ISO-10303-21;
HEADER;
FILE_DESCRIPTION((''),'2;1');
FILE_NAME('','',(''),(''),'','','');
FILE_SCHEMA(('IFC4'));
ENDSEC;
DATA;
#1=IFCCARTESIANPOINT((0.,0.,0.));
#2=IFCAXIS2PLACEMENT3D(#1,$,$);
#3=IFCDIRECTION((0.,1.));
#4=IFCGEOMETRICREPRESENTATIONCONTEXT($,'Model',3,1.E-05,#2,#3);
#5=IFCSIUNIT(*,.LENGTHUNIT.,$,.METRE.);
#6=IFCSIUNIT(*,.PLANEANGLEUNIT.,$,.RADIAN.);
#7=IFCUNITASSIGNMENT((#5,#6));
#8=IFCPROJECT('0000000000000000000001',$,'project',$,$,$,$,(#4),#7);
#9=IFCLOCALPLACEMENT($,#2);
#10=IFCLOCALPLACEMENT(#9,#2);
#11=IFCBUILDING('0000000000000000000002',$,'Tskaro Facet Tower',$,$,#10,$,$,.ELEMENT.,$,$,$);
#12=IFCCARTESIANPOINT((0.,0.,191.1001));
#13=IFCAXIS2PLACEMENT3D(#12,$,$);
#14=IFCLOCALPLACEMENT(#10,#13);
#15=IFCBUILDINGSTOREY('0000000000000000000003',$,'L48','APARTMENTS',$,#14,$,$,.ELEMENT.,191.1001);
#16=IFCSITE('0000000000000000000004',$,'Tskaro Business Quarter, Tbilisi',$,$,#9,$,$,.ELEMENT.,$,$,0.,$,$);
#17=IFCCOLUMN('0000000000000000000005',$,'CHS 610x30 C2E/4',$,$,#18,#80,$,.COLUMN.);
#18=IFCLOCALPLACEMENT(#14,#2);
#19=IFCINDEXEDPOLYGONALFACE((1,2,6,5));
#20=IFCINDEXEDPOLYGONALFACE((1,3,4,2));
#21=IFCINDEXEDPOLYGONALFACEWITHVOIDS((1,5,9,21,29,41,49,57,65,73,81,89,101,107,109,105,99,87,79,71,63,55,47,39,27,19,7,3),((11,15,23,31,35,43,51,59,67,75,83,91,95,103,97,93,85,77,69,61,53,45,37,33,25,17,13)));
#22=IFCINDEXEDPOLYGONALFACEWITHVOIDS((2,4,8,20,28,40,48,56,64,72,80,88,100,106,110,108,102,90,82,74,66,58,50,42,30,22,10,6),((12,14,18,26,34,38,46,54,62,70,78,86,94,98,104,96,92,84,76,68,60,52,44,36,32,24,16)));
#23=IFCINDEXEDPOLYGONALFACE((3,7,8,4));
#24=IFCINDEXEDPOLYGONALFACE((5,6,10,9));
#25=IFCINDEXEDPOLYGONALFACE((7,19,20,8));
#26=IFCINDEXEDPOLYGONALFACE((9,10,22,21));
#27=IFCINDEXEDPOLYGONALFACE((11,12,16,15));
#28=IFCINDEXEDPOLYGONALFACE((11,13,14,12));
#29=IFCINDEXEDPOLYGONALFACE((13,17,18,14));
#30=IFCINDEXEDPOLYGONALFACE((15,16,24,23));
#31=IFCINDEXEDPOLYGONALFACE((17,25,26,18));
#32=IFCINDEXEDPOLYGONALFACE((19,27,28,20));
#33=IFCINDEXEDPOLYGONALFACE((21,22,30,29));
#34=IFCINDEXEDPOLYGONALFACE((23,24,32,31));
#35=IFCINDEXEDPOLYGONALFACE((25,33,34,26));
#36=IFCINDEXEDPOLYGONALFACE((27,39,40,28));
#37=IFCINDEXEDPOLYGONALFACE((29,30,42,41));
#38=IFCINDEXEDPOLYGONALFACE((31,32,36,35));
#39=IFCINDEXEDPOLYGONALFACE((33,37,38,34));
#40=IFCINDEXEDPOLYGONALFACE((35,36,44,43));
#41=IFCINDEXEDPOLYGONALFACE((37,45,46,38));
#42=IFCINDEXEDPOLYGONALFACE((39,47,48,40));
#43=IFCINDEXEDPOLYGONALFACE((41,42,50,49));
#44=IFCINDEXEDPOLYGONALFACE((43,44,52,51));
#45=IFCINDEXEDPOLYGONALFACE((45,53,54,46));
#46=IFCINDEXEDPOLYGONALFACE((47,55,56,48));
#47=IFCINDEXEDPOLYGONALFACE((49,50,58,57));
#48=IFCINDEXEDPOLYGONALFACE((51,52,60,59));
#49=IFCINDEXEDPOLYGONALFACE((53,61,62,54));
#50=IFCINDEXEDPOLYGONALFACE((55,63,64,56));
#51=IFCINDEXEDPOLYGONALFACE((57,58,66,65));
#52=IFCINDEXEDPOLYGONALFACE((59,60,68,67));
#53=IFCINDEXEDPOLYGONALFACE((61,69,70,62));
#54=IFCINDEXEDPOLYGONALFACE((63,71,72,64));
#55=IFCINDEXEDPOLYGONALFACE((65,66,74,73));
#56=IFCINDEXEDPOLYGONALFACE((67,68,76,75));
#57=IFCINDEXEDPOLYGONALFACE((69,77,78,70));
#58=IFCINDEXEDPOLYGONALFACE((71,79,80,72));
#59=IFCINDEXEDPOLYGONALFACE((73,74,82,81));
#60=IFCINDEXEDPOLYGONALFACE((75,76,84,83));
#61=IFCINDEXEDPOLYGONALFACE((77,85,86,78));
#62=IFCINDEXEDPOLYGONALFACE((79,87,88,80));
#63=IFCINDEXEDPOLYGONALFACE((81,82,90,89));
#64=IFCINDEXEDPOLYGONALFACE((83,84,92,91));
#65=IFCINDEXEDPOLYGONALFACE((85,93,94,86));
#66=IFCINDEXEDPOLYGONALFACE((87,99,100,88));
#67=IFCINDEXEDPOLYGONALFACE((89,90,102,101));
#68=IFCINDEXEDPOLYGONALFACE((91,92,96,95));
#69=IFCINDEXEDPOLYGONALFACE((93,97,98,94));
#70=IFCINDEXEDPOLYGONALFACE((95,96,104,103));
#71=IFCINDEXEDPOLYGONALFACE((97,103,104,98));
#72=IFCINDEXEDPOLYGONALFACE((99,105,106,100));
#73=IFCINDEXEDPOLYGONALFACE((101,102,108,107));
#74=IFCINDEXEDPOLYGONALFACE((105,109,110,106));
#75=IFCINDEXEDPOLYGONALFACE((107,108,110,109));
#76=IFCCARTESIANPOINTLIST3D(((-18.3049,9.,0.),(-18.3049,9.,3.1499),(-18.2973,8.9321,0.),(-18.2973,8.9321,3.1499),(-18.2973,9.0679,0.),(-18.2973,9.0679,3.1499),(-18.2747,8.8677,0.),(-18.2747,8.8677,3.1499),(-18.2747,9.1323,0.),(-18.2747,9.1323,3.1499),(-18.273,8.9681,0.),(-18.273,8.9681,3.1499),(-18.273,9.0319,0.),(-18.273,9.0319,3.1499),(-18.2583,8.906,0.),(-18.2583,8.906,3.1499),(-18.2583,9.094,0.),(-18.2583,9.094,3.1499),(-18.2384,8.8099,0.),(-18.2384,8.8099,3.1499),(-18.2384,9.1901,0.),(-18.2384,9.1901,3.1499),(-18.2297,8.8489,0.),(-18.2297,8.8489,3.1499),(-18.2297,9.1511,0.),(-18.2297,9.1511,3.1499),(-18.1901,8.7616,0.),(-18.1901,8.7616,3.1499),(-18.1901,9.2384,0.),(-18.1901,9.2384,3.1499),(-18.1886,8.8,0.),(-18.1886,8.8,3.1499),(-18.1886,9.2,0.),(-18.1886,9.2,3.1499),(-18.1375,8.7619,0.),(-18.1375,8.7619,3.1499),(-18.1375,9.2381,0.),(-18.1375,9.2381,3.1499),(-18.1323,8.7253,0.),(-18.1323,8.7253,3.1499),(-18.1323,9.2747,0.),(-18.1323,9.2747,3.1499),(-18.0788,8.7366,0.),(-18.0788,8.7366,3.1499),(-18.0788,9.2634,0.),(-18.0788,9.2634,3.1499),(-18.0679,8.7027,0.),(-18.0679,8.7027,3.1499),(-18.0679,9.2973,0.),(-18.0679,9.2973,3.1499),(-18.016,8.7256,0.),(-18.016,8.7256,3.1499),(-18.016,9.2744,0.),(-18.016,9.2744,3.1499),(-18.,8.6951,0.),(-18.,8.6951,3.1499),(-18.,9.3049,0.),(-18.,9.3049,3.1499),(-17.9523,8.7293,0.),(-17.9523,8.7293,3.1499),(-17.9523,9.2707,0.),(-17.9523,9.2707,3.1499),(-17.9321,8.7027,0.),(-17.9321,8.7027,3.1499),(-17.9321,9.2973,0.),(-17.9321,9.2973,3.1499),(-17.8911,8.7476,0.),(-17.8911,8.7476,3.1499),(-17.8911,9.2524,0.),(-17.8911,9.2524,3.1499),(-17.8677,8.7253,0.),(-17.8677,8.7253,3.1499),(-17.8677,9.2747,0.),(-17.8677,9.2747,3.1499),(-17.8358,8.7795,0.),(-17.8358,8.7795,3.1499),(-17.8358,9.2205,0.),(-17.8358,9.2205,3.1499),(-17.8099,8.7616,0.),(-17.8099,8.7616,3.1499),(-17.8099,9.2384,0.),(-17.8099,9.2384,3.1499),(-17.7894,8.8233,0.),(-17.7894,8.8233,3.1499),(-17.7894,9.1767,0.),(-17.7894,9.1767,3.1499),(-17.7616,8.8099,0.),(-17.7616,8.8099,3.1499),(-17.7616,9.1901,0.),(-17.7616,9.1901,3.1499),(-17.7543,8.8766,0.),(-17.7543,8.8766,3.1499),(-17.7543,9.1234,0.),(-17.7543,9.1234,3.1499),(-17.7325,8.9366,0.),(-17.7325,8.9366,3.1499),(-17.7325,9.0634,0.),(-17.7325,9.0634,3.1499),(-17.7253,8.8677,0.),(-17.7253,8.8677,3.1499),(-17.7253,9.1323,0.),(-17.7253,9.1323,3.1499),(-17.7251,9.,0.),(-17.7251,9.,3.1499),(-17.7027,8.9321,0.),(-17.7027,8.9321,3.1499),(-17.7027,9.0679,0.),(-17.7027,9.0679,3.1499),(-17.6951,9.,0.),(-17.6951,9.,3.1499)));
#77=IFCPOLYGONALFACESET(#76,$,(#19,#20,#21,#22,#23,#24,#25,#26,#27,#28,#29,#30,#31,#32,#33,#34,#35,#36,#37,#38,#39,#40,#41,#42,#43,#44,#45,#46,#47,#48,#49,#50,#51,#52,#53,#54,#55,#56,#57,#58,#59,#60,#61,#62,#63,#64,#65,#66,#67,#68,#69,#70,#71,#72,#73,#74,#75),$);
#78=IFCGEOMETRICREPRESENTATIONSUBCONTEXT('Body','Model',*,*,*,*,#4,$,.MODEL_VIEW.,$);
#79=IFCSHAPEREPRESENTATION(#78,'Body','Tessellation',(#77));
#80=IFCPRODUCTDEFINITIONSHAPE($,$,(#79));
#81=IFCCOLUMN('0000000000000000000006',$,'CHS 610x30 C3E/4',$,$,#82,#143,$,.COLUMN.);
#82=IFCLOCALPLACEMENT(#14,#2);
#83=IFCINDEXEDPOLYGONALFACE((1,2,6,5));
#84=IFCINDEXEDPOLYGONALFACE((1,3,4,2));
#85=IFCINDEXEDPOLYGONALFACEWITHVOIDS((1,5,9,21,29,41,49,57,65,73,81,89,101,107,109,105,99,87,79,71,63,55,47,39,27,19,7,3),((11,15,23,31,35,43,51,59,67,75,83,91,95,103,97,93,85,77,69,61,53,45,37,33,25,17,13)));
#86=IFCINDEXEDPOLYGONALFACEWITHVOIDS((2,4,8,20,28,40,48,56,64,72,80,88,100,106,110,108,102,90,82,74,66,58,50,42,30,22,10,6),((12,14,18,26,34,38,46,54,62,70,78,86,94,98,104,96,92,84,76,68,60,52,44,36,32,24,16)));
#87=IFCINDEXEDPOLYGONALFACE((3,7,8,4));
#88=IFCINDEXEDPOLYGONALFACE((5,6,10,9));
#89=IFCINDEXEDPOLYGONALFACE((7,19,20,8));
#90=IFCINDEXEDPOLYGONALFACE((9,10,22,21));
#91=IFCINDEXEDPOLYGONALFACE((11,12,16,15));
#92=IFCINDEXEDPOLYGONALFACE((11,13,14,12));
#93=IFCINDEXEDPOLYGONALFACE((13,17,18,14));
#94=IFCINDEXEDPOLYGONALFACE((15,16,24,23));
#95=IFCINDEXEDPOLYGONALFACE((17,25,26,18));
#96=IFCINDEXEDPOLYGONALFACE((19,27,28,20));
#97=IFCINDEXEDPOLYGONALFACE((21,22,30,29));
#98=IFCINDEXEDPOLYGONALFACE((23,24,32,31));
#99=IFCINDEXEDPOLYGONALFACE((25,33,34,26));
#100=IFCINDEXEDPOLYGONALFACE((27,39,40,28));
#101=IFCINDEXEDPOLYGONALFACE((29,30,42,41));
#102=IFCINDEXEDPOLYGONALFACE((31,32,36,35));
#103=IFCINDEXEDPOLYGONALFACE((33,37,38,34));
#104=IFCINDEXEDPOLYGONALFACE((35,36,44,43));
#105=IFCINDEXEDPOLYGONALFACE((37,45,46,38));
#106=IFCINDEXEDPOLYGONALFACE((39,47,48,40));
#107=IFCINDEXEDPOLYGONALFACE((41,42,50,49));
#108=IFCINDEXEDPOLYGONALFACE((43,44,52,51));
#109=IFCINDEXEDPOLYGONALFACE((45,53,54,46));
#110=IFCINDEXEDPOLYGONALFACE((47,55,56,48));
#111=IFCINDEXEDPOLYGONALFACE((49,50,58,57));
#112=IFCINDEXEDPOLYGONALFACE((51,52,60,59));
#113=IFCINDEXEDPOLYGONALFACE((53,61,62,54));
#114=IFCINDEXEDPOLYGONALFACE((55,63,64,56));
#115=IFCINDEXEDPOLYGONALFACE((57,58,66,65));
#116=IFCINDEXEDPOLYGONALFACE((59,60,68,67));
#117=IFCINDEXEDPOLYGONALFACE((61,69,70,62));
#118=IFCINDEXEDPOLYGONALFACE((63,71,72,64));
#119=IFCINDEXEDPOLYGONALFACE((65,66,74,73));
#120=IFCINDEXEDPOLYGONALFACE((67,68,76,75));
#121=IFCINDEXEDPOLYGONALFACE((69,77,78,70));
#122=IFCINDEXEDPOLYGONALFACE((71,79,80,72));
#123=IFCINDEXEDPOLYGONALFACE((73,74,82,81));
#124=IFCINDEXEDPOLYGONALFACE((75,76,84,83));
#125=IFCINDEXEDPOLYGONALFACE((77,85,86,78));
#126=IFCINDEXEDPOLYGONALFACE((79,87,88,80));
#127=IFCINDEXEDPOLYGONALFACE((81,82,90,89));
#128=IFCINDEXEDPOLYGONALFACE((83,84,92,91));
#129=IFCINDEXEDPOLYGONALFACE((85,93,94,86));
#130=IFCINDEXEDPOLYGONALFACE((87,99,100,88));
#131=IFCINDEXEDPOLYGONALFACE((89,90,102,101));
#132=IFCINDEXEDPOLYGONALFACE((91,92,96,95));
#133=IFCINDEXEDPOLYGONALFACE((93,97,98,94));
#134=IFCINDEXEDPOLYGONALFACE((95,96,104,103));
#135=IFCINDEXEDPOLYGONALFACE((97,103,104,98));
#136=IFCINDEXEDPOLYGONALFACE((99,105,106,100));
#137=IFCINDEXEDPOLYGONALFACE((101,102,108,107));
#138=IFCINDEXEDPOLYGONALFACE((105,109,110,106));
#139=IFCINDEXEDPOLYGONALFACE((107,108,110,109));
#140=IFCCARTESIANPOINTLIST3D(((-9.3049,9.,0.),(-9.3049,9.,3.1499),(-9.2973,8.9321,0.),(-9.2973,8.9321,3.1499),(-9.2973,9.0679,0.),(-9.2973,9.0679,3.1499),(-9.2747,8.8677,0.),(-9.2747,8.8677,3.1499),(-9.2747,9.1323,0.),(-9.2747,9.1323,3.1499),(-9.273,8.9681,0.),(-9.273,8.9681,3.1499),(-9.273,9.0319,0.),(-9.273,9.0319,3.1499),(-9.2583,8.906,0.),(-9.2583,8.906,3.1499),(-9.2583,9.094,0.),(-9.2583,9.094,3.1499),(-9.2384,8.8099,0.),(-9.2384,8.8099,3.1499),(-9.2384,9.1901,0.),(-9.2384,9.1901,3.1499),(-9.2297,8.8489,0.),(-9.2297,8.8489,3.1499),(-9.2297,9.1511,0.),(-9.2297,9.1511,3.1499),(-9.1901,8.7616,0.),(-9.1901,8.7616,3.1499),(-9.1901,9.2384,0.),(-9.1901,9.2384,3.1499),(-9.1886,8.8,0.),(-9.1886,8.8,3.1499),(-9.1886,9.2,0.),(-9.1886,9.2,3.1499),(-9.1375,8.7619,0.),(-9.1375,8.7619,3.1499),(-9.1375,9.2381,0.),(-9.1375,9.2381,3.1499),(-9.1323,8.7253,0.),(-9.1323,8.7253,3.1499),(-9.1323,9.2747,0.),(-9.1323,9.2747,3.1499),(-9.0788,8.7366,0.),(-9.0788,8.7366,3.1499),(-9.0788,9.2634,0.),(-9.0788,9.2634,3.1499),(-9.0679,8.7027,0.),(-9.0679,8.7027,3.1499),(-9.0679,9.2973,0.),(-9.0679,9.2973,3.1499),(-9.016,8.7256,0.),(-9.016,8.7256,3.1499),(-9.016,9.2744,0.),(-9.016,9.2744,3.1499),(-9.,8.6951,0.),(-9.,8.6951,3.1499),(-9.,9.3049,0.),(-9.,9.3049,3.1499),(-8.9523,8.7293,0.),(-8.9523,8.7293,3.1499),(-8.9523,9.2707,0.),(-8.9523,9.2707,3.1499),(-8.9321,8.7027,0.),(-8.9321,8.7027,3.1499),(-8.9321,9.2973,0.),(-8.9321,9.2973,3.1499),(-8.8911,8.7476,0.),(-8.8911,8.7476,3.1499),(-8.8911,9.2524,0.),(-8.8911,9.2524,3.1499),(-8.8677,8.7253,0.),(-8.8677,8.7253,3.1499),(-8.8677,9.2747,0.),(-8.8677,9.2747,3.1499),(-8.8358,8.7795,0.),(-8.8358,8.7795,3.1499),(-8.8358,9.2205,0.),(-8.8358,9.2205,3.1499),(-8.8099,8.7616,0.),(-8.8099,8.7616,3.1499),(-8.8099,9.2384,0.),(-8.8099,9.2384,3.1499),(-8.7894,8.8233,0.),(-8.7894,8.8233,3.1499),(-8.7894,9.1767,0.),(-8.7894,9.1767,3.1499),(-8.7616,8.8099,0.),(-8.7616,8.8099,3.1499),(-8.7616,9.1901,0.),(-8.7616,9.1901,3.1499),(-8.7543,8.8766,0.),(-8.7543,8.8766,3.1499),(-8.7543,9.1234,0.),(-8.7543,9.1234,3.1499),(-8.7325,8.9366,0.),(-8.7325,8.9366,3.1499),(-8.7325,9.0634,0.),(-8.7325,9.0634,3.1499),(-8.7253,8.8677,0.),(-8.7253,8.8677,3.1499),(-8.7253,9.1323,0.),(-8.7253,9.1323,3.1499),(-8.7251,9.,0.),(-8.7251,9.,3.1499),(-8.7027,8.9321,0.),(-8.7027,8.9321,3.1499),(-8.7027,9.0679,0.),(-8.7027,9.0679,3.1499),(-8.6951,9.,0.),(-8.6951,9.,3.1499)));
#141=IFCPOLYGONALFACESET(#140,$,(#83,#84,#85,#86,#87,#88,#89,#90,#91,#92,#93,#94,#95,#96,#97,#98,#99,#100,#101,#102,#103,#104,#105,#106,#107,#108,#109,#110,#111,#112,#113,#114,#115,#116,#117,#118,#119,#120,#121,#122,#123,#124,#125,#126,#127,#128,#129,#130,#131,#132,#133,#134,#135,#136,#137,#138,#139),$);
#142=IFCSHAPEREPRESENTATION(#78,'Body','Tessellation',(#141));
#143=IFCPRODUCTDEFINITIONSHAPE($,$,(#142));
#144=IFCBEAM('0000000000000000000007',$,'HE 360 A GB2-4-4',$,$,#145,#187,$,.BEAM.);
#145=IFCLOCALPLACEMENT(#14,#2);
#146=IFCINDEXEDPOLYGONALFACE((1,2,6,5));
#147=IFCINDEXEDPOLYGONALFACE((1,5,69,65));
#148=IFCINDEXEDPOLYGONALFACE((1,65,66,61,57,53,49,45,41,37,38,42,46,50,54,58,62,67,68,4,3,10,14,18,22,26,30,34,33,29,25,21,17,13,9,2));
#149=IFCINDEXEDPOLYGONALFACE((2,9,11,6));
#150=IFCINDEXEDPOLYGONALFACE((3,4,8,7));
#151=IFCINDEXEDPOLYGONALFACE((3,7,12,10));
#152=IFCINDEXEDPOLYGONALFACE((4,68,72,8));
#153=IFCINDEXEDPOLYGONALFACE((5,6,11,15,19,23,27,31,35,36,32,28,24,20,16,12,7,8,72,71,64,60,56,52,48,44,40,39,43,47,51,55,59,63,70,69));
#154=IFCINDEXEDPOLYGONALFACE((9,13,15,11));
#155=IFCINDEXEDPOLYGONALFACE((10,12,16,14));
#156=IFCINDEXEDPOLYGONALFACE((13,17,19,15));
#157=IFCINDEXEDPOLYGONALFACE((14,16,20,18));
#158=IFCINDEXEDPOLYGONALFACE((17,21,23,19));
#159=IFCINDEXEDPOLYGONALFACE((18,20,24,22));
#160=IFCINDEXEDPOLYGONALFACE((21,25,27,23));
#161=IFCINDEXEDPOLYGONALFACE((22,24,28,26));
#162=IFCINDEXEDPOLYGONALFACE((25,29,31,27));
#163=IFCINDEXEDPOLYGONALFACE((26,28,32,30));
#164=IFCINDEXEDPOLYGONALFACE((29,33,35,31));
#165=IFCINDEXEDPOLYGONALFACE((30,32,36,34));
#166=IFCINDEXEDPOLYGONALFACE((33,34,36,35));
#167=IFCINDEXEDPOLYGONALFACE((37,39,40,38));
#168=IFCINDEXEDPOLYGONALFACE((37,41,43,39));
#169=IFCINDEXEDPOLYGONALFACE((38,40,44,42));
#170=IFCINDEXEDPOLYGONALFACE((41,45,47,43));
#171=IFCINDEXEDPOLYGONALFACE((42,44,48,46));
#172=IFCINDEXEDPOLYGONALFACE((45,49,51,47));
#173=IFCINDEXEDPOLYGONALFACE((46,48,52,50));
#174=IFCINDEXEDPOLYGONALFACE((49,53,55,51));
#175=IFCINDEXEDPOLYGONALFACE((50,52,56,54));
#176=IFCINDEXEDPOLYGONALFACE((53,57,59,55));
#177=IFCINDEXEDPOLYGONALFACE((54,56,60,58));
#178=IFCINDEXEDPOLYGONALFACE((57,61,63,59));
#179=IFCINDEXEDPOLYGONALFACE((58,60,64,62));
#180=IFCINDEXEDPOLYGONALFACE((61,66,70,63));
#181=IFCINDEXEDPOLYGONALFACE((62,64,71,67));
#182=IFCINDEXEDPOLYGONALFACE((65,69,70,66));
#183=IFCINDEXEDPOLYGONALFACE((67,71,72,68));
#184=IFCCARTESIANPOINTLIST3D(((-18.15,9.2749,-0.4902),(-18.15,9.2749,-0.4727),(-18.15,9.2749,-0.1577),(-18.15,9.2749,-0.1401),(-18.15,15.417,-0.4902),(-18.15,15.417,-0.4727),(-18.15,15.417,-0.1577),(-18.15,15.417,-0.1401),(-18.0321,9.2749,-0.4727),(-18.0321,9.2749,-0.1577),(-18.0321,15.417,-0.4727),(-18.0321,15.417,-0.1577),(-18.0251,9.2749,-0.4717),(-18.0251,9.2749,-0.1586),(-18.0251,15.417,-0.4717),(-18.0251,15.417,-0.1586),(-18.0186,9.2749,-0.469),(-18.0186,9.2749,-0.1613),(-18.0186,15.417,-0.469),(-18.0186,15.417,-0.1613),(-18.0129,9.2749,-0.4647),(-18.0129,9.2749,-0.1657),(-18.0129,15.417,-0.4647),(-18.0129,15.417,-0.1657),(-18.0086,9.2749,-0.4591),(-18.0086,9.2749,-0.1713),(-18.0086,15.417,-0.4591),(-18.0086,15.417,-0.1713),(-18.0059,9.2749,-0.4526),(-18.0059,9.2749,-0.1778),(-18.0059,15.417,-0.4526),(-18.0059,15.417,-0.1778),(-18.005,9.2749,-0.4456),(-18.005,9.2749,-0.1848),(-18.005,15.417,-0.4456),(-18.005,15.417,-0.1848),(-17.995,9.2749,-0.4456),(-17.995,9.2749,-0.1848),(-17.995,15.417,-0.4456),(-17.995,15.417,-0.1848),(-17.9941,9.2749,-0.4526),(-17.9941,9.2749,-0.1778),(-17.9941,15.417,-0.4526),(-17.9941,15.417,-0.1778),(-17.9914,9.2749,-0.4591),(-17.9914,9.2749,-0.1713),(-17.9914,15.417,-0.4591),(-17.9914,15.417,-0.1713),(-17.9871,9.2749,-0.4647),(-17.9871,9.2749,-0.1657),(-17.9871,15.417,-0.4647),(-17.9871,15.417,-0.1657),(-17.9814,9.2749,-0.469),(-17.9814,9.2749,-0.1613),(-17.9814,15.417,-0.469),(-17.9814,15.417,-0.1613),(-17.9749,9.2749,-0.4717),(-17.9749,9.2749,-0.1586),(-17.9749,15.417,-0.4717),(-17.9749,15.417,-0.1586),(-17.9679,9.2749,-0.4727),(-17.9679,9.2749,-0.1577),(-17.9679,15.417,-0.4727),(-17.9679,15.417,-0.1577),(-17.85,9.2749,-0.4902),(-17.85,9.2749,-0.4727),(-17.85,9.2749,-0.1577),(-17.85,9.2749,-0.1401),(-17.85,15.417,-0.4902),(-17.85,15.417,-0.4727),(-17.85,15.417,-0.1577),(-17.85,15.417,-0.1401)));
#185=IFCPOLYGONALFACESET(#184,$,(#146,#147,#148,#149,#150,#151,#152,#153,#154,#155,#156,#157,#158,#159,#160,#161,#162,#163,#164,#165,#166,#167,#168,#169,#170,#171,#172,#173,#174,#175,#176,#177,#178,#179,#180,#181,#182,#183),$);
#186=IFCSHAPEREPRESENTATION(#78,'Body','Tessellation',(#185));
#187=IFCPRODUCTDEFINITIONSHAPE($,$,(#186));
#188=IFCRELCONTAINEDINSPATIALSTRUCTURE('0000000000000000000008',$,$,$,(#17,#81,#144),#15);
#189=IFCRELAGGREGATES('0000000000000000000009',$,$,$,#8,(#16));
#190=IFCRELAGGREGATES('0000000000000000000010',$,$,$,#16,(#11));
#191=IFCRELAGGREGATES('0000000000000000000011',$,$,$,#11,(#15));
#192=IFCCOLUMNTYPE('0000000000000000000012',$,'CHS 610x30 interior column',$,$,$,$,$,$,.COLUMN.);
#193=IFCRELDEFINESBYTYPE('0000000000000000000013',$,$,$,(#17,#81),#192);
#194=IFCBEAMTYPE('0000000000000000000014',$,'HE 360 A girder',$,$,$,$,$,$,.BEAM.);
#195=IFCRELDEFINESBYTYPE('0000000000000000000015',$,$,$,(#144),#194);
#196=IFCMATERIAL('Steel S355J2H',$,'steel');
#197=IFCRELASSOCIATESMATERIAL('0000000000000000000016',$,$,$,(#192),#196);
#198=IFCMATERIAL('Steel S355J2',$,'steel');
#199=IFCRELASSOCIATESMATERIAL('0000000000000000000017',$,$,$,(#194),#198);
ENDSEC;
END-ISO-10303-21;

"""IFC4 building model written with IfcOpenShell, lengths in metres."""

from ifc_helpers import new_model, si_unit, direction, frame, origin, origin_2d, place, context, subcontext, project, spatial, hollow_circle, i_section, extrude, material, material_profile, profile_set, type_object, element, save


model = new_model("IFC4")

# Units and contexts
model_context = context("Model", 3, precision=1e-05, world=origin(), true_north=direction((0.0, 1.0)))
body_context = subcontext(model_context, "Body", "Model", "MODEL_VIEW")
ifc_project = project(units=[si_unit("LENGTHUNIT", "METRE"), si_unit("PLANEANGLEUNIT", "RADIAN")], contexts=[model_context])

# Site, building, storey
site_placement = place(None, origin())
site = spatial("IfcSite", under=ifc_project, at=site_placement, Name="Tskaro Business Quarter, Tbilisi", CompositionType="ELEMENT", RefElevation=0.0)
building_placement = place(site_placement, origin())
building = spatial("IfcBuilding", under=site, at=building_placement, Name="Tskaro Facet Tower", CompositionType="ELEMENT")
storey_placement = place(building_placement, frame((0.0, 0.0, 191.1001)))
storey = spatial("IfcBuildingStorey", under=building, at=storey_placement, Name="L48", Description="APARTMENTS", CompositionType="ELEMENT", Elevation=191.1001)

# Columns
ifc_material_1 = material(Name="Steel S355J2H", Category="steel")
ifc_material_profile_1 = material_profile(ifc_material_1, hollow_circle(Radius=0.3049, WallThickness=0.03, at=origin_2d()), Name="CHS 610x30")
ifc_profile_set_1 = profile_set([ifc_material_profile_1], Name="Steel S355J2H")
column_type = type_object("IfcColumnType", Name="CHS 610x30 interior column", PredefinedType="COLUMN", material=ifc_profile_set_1)
for number, where, z_axis, x_axis, name in (
    (1, (-18.0, 9.0, 0.0), (0.0, 0.0, 1.0), (1.0, 0.0, 0.0), "CHS 610x30 C2E/4"),
    (2, (-9.0, 9.0, 0.0), (0.0, 0.0, 1.0), (1.0, 0.0, 0.0), "CHS 610x30 C3E/4"),
):
    element("IfcColumn", number, at=place(storey_placement, frame(where, z_axis=z_axis, x_axis=x_axis)), inside=storey, type_object=column_type, Name=name, PredefinedType="COLUMN", context=body_context, shape_type="SweptSolid", body=[
        extrude(hollow_circle(Radius=0.3049, WallThickness=0.03, at=origin_2d()), origin(), (0.0, 0.0, 1.0), 3.1499),
    ])

# Beam
ifc_material_2 = material(Name="Steel S355J2", Category="steel")
ifc_material_profile_2 = material_profile(ifc_material_2, i_section(OverallWidth=0.3, OverallDepth=0.3501, WebThickness=0.01, FlangeThickness=0.0176, FilletRadius=0.0271, at=origin_2d()), Name="HE 360 A")
ifc_profile_set_2 = profile_set([ifc_material_profile_2], Name="Steel S355J2")
beam_type_1 = type_object("IfcBeamType", Name="HE 360 A girder", PredefinedType="BEAM", material=ifc_profile_set_2)
beam_1_placement = place(storey_placement, frame((-18.0, 9.2749, -0.3152), z_axis=(0.0, 1.0, 0.0), x_axis=(-1.0, 0.0, 0.0)))
element("IfcBeam", 3, at=beam_1_placement, inside=storey, type_object=beam_type_1, Name="HE 360 A GB2-4-4", PredefinedType="BEAM", context=body_context, shape_type="SweptSolid", body=[
    extrude(i_section(OverallWidth=0.3, OverallDepth=0.3501, WebThickness=0.01, FlangeThickness=0.0176, FilletRadius=0.0271, at=origin_2d()), origin(), (0.0, 0.0, 1.0), 6.1421),
])

save(model, "model.ifc")
